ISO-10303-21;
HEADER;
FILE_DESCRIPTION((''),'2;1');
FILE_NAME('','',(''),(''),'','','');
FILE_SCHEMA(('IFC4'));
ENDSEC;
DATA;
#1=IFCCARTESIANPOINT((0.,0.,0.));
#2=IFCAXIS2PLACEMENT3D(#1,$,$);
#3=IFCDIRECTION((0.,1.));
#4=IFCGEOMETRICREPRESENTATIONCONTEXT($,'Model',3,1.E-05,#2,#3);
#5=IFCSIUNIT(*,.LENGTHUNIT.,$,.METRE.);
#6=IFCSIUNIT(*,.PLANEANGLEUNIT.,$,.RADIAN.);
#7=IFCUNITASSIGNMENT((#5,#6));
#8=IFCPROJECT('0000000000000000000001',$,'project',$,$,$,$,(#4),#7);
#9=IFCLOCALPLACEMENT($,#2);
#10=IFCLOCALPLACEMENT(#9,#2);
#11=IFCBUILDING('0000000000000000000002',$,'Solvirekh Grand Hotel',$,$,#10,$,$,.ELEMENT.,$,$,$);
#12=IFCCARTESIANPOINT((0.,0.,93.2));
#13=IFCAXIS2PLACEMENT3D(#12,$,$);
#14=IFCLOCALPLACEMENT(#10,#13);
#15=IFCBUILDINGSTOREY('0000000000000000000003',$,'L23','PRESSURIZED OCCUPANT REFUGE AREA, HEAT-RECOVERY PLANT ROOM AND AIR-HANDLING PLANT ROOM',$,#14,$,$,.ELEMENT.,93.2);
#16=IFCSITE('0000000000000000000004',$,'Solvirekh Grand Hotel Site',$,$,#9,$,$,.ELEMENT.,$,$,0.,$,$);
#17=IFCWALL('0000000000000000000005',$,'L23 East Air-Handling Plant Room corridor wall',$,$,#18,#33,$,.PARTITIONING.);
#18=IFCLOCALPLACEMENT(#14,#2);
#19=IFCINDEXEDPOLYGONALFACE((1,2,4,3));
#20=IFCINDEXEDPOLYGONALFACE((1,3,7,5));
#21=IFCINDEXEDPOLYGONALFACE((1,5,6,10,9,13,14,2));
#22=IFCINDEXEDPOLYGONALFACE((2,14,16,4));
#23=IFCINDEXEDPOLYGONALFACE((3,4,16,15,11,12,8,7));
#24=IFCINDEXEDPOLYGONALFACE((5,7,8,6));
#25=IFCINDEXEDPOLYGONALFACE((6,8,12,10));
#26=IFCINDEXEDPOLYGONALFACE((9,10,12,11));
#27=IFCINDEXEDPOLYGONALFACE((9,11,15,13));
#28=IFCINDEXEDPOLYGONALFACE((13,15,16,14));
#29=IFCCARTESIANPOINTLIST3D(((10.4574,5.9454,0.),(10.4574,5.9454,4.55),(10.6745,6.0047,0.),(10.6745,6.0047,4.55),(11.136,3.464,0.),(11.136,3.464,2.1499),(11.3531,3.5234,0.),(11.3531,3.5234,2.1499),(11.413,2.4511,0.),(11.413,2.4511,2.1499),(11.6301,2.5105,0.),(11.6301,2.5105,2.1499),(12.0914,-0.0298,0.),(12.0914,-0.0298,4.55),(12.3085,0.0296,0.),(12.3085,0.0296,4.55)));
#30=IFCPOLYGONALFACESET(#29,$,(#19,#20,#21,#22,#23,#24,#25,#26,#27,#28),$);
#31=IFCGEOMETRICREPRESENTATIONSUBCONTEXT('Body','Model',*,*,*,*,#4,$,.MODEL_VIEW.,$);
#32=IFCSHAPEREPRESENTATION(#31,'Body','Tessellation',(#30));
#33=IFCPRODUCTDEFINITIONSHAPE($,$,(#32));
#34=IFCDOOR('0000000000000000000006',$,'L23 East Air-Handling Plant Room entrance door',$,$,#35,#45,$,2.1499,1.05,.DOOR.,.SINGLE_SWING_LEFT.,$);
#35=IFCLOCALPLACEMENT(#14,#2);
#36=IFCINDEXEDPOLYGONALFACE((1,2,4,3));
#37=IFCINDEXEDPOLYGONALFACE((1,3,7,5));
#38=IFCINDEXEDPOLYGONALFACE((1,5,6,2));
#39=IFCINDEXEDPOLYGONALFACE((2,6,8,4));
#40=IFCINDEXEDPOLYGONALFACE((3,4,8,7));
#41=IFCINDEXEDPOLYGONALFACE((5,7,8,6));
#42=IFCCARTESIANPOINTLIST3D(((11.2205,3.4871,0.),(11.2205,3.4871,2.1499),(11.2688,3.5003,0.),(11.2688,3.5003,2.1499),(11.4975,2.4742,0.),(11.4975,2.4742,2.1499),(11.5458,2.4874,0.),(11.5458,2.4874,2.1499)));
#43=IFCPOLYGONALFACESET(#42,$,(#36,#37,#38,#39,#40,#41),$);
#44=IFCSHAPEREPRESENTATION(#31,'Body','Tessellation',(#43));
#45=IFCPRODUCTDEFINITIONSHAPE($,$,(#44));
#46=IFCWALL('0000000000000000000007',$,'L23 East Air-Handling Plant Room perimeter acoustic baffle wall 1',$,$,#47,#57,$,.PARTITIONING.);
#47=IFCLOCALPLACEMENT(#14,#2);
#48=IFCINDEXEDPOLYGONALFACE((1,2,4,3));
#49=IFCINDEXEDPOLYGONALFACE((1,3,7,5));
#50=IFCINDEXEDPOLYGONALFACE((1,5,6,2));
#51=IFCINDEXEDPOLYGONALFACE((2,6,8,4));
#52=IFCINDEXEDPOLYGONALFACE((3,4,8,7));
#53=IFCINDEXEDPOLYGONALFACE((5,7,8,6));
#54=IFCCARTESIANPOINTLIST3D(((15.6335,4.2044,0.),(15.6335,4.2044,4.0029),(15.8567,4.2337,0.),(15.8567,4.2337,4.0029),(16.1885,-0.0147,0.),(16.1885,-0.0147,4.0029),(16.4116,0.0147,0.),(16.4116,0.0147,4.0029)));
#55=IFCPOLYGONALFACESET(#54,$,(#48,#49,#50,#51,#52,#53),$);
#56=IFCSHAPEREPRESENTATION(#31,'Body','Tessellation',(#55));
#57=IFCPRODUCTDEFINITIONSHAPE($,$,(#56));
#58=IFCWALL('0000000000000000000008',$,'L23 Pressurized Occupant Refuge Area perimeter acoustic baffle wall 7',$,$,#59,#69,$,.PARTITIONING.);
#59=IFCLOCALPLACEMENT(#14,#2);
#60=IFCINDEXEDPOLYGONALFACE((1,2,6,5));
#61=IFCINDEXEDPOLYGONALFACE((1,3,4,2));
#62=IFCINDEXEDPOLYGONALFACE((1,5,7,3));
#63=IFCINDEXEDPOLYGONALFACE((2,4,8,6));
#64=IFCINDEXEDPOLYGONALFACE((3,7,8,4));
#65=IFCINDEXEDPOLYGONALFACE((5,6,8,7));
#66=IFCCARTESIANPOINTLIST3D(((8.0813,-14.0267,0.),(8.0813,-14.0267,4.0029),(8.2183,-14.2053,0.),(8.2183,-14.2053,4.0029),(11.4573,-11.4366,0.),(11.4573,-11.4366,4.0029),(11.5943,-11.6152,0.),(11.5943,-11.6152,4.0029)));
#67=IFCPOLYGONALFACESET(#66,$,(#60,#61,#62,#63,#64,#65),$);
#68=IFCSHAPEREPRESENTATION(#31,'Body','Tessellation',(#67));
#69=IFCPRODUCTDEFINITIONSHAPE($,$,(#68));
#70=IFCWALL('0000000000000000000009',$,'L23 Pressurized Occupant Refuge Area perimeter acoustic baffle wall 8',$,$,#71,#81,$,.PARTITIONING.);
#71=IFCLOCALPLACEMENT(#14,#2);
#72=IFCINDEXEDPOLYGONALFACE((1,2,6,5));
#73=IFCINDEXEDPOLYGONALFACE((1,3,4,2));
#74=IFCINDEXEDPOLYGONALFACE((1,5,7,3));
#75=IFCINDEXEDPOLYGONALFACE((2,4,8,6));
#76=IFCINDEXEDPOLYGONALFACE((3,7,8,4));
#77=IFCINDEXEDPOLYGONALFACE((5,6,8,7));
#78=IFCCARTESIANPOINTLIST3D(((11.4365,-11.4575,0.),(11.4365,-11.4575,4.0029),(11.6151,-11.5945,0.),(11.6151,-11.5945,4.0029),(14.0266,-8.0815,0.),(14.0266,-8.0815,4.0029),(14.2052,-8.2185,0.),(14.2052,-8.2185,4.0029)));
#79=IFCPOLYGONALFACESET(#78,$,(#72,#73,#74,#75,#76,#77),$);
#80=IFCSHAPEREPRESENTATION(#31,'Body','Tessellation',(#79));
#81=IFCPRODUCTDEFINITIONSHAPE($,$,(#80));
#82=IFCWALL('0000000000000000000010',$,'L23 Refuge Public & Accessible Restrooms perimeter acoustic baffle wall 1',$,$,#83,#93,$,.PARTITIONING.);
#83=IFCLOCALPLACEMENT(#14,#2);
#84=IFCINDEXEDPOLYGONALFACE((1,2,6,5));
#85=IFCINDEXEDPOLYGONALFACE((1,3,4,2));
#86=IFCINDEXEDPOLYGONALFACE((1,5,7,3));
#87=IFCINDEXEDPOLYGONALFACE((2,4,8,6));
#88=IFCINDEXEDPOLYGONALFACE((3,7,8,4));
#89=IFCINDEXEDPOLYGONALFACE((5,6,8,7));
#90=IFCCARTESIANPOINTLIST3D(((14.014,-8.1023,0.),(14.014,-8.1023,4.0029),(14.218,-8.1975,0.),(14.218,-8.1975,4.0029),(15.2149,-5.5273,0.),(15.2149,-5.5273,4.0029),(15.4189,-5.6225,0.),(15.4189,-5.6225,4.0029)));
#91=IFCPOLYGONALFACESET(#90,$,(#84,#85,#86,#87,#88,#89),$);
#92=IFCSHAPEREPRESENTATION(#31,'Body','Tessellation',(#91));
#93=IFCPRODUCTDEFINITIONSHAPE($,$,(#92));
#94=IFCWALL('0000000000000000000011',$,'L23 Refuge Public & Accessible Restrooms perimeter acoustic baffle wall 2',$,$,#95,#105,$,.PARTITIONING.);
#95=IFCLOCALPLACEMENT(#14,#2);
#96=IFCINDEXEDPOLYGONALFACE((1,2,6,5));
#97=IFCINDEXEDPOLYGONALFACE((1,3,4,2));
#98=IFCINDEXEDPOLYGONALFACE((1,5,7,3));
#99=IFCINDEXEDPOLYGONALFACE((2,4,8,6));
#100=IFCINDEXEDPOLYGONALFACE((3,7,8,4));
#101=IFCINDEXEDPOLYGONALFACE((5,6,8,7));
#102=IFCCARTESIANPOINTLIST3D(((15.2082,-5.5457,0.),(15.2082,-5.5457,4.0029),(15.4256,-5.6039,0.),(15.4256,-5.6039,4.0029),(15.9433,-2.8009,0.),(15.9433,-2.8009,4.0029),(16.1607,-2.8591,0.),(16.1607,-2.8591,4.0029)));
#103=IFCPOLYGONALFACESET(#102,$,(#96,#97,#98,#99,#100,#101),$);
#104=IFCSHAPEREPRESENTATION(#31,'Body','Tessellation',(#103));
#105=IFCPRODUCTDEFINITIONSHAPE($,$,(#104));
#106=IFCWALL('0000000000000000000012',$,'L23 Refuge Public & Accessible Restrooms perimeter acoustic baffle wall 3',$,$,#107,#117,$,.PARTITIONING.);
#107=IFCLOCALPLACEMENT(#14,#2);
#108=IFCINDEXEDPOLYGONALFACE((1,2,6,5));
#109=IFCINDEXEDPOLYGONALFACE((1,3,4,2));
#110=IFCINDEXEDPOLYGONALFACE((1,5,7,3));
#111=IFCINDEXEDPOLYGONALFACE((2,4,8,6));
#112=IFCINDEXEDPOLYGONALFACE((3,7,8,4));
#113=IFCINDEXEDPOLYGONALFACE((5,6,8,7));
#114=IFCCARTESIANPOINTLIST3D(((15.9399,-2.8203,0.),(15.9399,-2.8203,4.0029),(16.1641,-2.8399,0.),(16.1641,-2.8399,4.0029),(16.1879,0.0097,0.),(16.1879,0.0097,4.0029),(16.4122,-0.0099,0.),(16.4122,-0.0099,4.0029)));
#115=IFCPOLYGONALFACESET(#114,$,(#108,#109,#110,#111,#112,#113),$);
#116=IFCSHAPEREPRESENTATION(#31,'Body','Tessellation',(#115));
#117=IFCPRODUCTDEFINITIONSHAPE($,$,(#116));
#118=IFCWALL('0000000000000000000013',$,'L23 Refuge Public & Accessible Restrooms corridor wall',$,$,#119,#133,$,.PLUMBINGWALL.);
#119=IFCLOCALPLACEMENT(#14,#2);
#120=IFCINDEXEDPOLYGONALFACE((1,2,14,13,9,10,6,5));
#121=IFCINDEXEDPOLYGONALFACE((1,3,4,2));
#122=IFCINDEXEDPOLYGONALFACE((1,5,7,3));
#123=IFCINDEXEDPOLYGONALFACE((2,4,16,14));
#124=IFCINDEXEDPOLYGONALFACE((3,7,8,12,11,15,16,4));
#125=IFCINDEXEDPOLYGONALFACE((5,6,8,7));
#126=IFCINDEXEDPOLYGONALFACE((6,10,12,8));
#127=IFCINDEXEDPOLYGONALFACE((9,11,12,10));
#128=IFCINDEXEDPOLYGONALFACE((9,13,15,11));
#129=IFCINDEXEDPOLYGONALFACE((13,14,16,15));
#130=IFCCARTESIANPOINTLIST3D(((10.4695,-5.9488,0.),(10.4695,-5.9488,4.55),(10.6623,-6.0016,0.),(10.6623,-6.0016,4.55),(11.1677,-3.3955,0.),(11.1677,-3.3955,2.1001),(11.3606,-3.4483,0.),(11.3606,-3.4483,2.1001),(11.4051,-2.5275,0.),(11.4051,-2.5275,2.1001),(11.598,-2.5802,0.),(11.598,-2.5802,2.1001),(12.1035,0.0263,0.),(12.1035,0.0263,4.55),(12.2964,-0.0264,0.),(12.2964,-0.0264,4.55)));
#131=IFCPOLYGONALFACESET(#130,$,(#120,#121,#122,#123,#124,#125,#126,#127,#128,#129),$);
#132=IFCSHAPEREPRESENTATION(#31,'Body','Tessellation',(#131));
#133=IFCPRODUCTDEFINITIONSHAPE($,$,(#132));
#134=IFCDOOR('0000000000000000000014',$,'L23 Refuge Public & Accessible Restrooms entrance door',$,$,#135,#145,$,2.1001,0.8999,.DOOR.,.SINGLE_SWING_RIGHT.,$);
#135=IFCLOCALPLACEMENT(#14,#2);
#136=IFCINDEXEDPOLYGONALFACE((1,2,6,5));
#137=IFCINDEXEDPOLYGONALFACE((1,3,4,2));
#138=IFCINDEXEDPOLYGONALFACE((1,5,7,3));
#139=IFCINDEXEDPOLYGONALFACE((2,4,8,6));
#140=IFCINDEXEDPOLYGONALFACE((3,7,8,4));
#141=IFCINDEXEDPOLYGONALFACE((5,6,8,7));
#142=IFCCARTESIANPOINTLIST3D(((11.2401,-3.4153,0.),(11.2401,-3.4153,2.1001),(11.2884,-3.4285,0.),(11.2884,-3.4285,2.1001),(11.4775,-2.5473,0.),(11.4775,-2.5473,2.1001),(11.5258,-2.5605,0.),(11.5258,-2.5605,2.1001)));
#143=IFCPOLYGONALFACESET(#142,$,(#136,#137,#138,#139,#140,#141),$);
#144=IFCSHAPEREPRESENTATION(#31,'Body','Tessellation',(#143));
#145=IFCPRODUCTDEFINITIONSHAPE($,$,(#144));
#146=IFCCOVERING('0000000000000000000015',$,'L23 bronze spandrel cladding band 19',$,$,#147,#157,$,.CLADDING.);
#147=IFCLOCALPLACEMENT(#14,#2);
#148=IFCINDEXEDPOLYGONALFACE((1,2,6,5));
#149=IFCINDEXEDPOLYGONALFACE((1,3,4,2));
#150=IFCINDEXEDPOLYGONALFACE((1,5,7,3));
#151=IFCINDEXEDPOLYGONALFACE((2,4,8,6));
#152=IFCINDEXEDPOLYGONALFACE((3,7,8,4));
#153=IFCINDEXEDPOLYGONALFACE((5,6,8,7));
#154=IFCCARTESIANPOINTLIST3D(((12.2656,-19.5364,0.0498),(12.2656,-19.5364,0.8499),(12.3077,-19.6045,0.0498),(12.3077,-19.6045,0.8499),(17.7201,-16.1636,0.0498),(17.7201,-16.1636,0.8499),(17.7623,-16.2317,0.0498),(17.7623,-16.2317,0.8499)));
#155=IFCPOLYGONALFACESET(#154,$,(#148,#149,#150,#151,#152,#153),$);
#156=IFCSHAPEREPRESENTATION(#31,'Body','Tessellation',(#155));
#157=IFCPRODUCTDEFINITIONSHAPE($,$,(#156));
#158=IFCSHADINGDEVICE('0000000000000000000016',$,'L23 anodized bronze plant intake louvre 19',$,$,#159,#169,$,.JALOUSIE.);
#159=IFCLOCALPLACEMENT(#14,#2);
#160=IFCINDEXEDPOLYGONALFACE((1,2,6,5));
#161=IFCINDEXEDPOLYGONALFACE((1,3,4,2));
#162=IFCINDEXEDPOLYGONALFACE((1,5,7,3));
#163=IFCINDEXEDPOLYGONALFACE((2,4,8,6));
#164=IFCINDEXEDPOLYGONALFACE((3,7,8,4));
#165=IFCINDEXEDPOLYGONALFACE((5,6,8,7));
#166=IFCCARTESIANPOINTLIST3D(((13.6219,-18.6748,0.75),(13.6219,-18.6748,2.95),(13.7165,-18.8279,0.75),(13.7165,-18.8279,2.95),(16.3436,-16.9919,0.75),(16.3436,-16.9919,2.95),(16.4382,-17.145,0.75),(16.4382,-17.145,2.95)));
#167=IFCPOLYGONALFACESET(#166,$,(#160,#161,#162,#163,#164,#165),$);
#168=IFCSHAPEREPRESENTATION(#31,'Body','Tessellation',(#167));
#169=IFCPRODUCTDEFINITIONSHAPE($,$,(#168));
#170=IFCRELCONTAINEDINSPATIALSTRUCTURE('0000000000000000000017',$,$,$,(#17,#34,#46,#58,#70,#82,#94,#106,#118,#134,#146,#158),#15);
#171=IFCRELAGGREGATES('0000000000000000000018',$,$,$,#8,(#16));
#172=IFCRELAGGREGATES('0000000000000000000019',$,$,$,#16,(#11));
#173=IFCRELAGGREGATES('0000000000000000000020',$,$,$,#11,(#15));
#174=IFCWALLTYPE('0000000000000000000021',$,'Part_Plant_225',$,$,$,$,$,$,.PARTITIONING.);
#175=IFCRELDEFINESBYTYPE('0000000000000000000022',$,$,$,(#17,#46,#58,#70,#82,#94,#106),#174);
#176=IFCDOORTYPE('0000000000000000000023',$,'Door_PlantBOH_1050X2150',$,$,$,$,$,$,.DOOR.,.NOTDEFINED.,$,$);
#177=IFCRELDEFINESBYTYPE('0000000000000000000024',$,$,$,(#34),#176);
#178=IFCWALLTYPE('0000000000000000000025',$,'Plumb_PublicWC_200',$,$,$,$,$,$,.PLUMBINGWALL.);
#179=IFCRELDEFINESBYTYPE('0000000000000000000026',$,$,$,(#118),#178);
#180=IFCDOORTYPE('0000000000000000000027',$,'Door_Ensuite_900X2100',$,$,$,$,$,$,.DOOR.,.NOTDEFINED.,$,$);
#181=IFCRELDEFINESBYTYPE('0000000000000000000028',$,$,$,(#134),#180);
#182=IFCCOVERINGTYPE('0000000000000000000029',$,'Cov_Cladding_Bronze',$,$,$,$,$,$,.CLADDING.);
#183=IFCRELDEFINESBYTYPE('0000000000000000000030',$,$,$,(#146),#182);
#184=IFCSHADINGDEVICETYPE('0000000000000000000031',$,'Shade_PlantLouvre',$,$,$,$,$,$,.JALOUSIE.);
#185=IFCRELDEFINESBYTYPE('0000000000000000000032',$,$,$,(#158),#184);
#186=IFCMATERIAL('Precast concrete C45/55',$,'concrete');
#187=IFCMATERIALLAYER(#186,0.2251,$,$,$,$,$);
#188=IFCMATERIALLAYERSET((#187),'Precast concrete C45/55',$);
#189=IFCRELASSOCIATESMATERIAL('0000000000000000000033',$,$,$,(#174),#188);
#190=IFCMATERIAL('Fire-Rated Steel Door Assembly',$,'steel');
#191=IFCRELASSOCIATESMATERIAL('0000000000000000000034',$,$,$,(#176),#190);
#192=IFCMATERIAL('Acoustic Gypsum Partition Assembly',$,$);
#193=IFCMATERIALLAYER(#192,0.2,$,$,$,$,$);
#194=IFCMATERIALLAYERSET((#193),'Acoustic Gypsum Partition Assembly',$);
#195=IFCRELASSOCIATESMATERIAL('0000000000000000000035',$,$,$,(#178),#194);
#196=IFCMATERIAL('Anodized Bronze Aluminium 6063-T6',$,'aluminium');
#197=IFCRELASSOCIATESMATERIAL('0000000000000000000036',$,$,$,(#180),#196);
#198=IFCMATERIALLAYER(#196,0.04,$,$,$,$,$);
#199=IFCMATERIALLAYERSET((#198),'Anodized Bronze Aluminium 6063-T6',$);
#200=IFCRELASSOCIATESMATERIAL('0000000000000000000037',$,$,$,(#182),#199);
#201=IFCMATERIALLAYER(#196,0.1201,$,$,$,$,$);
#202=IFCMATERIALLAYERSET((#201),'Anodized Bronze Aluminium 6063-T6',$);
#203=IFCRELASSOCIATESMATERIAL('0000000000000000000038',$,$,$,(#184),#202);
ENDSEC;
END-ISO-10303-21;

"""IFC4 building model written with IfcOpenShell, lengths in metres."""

from ifc_helpers import new_model, si_unit, direction, frame, frame_2d, origin, origin_2d, place, context, subcontext, project, spatial, rectangle, extrude, material, layer, layer_set, type_object, element, fill, save


model = new_model("IFC4")

# Units and contexts
model_context = context("Model", 3, precision=1e-05, world=origin(), true_north=direction((0.0, 1.0)))
body_context = subcontext(model_context, "Body", "Model", "MODEL_VIEW")
ifc_project = project(units=[si_unit("LENGTHUNIT", "METRE"), si_unit("PLANEANGLEUNIT", "RADIAN")], contexts=[model_context])

# Site, building, storey
site_placement = place(None, origin())
site = spatial("IfcSite", under=ifc_project, at=site_placement, Name="Solvirekh Grand Hotel Site", CompositionType="ELEMENT", RefElevation=0.0)
building_placement = place(site_placement, origin())
building = spatial("IfcBuilding", under=site, at=building_placement, Name="Solvirekh Grand Hotel", CompositionType="ELEMENT")
storey_placement = place(building_placement, frame((0.0, 0.0, 93.2)))
storey = spatial("IfcBuildingStorey", under=building, at=storey_placement, Name="L23", Description="PRESSURIZED OCCUPANT REFUGE AREA, HEAT-RECOVERY PLANT ROOM AND AIR-HANDLING PLANT ROOM", CompositionType="ELEMENT", Elevation=93.2)

# Shared definitions
ifc_material_1 = material(Name="Precast concrete C45/55", Category="concrete")

# Shared definitions
ifc_material_2 = material(Name="Acoustic Gypsum Partition Assembly")
ifc_material_3 = material(Name="Fire-Rated Steel Door Assembly", Category="steel")

# Shared definitions
ifc_layer_1 = layer(ifc_material_1, 0.2251)
ifc_layer_set_1 = layer_set([ifc_layer_1], Name="Precast concrete C45/55")
wall_type_1 = type_object("IfcWallType", Name="Part_Plant_225", PredefinedType="PARTITIONING", material=ifc_layer_set_1)

# Wall, opening, door
wall_1_placement = place(storey_placement, frame((12.2, 0.0, 0.0), z_axis=(0.0, 0.0, 1.0), x_axis=(-0.263788, 0.964581, 0.0)))
wall_1 = element("IfcWall", 1, at=wall_1_placement, inside=storey, type_object=wall_type_1, Name="L23 East Air-Handling Plant Room corridor wall", PredefinedType="PARTITIONING", context=body_context, shape_type="SweptSolid", body=[
    extrude(rectangle(XDim=6.1946, YDim=0.2251, at=frame_2d((3.0972, 0.0))), origin(), (0.0, 0.0, 1.0), 4.55),
])
opening_1_placement = place(wall_1_placement, frame((2.572, 0.0, 0.0)))
opening_1 = element("IfcOpeningElement", 2, at=opening_1_placement, cuts=wall_1, PredefinedType="OPENING", context=body_context, shape_type="SweptSolid", body=[
    extrude(rectangle(XDim=1.05, YDim=2.1499, at=frame_2d((0.5249, 1.075))), frame((0.0, 0.1226, 0.0), z_axis=(0.0, -1.0, 0.0), x_axis=(1.0, 0.0, 0.0)), (0.0, 0.0, 1.0), 0.2451),
])
door_type_1 = type_object("IfcDoorType", Name="Door_PlantBOH_1050X2150", OperationType="NOTDEFINED", PredefinedType="DOOR", material=ifc_material_3)
door_1_placement = place(opening_1_placement, origin())
door_1 = element("IfcDoor", 3, at=door_1_placement, inside=storey, type_object=door_type_1, Name="L23 East Air-Handling Plant Room entrance door", OperationType="SINGLE_SWING_LEFT", OverallHeight=2.1499, OverallWidth=1.05, PredefinedType="DOOR", context=body_context, shape_type="SweptSolid", body=[
    extrude(rectangle(XDim=1.05, YDim=2.1499, at=frame_2d((0.5249, 1.075))), frame((0.0, 0.0249, 0.0), z_axis=(0.0, -1.0, 0.0), x_axis=(1.0, 0.0, 0.0)), (0.0, 0.0, 1.0), 0.05),
])
fill(opening_1, door_1)

# Walls
wall_2_placement = place(storey_placement, frame((16.3, 0.0, 0.0), z_axis=(0.0, 0.0, 1.0), x_axis=(-0.130409, 0.99146, 0.0)))
element("IfcWall", 4, at=wall_2_placement, inside=storey, type_object=wall_type_1, Name="L23 East Air-Handling Plant Room perimeter acoustic baffle wall 1", PredefinedType="PARTITIONING", context=body_context, shape_type="SweptSolid", body=[
    extrude(rectangle(XDim=4.2554, YDim=0.2251, at=frame_2d((2.1277, 0.0))), origin(), (0.0, 0.0, 1.0), 4.0029),
])
for number, where, z_axis, x_axis, name in (
    (5, (8.1499, -14.116, 0.0), (0.0, 0.0, 1.0), (0.793398, 0.608704, 0.0), "L23 Pressurized Occupant Refuge Area perimeter acoustic baffle wall 7"),
    (6, (11.5259, -11.5259, 0.0), (0.0, 0.0, 1.0), (0.608704, 0.793398, 0.0), "L23 Pressurized Occupant Refuge Area perimeter acoustic baffle wall 8"),
):
    element("IfcWall", number, at=place(storey_placement, frame(where, z_axis=z_axis, x_axis=x_axis)), inside=storey, type_object=wall_type_1, Name=name, PredefinedType="PARTITIONING", context=body_context, shape_type="SweptSolid", body=[
        extrude(rectangle(XDim=4.2551, YDim=0.2251, at=frame_2d((2.1274, 0.0))), origin(), (0.0, 0.0, 1.0), 4.0029),
    ])
wall_3_placement = place(storey_placement, frame((14.116, -8.1499, 0.0), z_axis=(0.0, 0.0, 1.0), x_axis=(0.422678, 0.90628, 0.0)))
element("IfcWall", 7, at=wall_3_placement, inside=storey, type_object=wall_type_1, Name="L23 Refuge Public & Accessible Restrooms perimeter acoustic baffle wall 1", PredefinedType="PARTITIONING", context=body_context, shape_type="SweptSolid", body=[
    extrude(rectangle(XDim=2.8413, YDim=0.2251, at=frame_2d((1.4207, 0.0))), origin(), (0.0, 0.0, 1.0), 4.0029),
])
wall_4_placement = place(storey_placement, frame((15.3169, -5.575, 0.0), z_axis=(0.0, 0.0, 1.0), x_axis=(0.258695, 0.965959, 0.0)))
element("IfcWall", 8, at=wall_4_placement, inside=storey, type_object=wall_type_1, Name="L23 Refuge Public & Accessible Restrooms perimeter acoustic baffle wall 2", PredefinedType="PARTITIONING", context=body_context, shape_type="SweptSolid", body=[
    extrude(rectangle(XDim=2.8416, YDim=0.2251, at=frame_2d((1.4209, 0.0))), origin(), (0.0, 0.0, 1.0), 4.0029),
])
wall_5_placement = place(storey_placement, frame((16.052, -2.8301, 0.0), z_axis=(0.0, 0.0, 1.0), x_axis=(0.087312, 0.996181, 0.0)))
element("IfcWall", 9, at=wall_5_placement, inside=storey, type_object=wall_type_1, Name="L23 Refuge Public & Accessible Restrooms perimeter acoustic baffle wall 3", PredefinedType="PARTITIONING", context=body_context, shape_type="SweptSolid", body=[
    extrude(rectangle(XDim=2.8408, YDim=0.2251, at=frame_2d((1.4204, 0.0))), origin(), (0.0, 0.0, 1.0), 4.0029),
])

# Wall, opening, door
ifc_layer_2 = layer(ifc_material_2, 0.2)
ifc_layer_set_2 = layer_set([ifc_layer_2], Name="Acoustic Gypsum Partition Assembly")
wall_type_2 = type_object("IfcWallType", Name="Plumb_PublicWC_200", PredefinedType="PLUMBINGWALL", material=ifc_layer_set_2)
wall_6_placement = place(storey_placement, frame((10.5659, -5.9751, 0.0), z_axis=(0.0, 0.0, 1.0), x_axis=(0.263788, 0.964581, 0.0)))
wall_6 = element("IfcWall", 10, at=wall_6_placement, inside=storey, type_object=wall_type_2, Name="L23 Refuge Public & Accessible Restrooms corridor wall", PredefinedType="PLUMBINGWALL", context=body_context, shape_type="SweptSolid", body=[
    extrude(rectangle(XDim=6.1946, YDim=0.2, at=frame_2d((3.0972, 0.0))), origin(), (0.0, 0.0, 1.0), 4.55),
])
opening_2_placement = place(wall_6_placement, frame((2.647, 0.0, 0.0)))
opening_2 = element("IfcOpeningElement", 11, at=opening_2_placement, cuts=wall_6, PredefinedType="OPENING", context=body_context, shape_type="SweptSolid", body=[
    extrude(rectangle(XDim=0.8999, YDim=2.1001, at=frame_2d((0.45, 1.05))), frame((0.0, 0.1099, 0.0), z_axis=(0.0, -1.0, 0.0), x_axis=(1.0, 0.0, 0.0)), (0.0, 0.0, 1.0), 0.22),
])
ifc_material_4 = material(Name="Anodized Bronze Aluminium 6063-T6", Category="aluminium")
door_type_2 = type_object("IfcDoorType", Name="Door_Ensuite_900X2100", OperationType="NOTDEFINED", PredefinedType="DOOR", material=ifc_material_4)
door_2_placement = place(opening_2_placement, origin())
door_2 = element("IfcDoor", 12, at=door_2_placement, inside=storey, type_object=door_type_2, Name="L23 Refuge Public & Accessible Restrooms entrance door", OperationType="SINGLE_SWING_RIGHT", OverallHeight=2.1001, OverallWidth=0.8999, PredefinedType="DOOR", context=body_context, shape_type="SweptSolid", body=[
    extrude(rectangle(XDim=0.8999, YDim=2.1001, at=frame_2d((0.45, 1.05))), frame((0.0, 0.0249, 0.0), z_axis=(0.0, -1.0, 0.0), x_axis=(1.0, 0.0, 0.0)), (0.0, 0.0, 1.0), 0.05),
])
fill(opening_2, door_2)

# Covering
ifc_layer_3 = layer(ifc_material_4, 0.04)
ifc_layer_set_3 = layer_set([ifc_layer_3], Name="Anodized Bronze Aluminium 6063-T6")
covering_type = type_object("IfcCoveringType", Name="Cov_Cladding_Bronze", PredefinedType="CLADDING", material=ifc_layer_set_3)
covering_placement = place(storey_placement, frame((15.0139, -17.884, 0.0498), z_axis=(0.0, 0.0, 1.0), x_axis=(-0.850536, -0.525917, 0.0)))
element("IfcCovering", 13, at=covering_placement, inside=storey, type_object=covering_type, Name="L23 bronze spandrel cladding band 19", PredefinedType="CLADDING", context=body_context, shape_type="SweptSolid", body=[
    extrude(rectangle(XDim=6.4131, YDim=0.0801, at=origin_2d()), origin(), (0.0, 0.0, 1.0), 0.8),
])

# Shading device
ifc_layer_4 = layer(ifc_material_4, 0.1201)
ifc_layer_set_4 = layer_set([ifc_layer_4], Name="Anodized Bronze Aluminium 6063-T6")
shading_device_type = type_object("IfcShadingDeviceType", Name="Shade_PlantLouvre", PredefinedType="JALOUSIE", material=ifc_layer_set_4)
shading_device_placement = place(storey_placement, frame((15.03, -17.9099, 0.75), z_axis=(0.0, 0.0, 1.0), x_axis=(-0.850536, -0.525917, 0.0)))
element("IfcShadingDevice", 14, at=shading_device_placement, inside=storey, type_object=shading_device_type, Name="L23 anodized bronze plant intake louvre 19", PredefinedType="JALOUSIE", context=body_context, shape_type="SweptSolid", body=[
    extrude(rectangle(XDim=3.2, YDim=0.1799, at=origin_2d()), origin(), (0.0, 0.0, 1.0), 2.2),
])

save(model, "model.ifc")
